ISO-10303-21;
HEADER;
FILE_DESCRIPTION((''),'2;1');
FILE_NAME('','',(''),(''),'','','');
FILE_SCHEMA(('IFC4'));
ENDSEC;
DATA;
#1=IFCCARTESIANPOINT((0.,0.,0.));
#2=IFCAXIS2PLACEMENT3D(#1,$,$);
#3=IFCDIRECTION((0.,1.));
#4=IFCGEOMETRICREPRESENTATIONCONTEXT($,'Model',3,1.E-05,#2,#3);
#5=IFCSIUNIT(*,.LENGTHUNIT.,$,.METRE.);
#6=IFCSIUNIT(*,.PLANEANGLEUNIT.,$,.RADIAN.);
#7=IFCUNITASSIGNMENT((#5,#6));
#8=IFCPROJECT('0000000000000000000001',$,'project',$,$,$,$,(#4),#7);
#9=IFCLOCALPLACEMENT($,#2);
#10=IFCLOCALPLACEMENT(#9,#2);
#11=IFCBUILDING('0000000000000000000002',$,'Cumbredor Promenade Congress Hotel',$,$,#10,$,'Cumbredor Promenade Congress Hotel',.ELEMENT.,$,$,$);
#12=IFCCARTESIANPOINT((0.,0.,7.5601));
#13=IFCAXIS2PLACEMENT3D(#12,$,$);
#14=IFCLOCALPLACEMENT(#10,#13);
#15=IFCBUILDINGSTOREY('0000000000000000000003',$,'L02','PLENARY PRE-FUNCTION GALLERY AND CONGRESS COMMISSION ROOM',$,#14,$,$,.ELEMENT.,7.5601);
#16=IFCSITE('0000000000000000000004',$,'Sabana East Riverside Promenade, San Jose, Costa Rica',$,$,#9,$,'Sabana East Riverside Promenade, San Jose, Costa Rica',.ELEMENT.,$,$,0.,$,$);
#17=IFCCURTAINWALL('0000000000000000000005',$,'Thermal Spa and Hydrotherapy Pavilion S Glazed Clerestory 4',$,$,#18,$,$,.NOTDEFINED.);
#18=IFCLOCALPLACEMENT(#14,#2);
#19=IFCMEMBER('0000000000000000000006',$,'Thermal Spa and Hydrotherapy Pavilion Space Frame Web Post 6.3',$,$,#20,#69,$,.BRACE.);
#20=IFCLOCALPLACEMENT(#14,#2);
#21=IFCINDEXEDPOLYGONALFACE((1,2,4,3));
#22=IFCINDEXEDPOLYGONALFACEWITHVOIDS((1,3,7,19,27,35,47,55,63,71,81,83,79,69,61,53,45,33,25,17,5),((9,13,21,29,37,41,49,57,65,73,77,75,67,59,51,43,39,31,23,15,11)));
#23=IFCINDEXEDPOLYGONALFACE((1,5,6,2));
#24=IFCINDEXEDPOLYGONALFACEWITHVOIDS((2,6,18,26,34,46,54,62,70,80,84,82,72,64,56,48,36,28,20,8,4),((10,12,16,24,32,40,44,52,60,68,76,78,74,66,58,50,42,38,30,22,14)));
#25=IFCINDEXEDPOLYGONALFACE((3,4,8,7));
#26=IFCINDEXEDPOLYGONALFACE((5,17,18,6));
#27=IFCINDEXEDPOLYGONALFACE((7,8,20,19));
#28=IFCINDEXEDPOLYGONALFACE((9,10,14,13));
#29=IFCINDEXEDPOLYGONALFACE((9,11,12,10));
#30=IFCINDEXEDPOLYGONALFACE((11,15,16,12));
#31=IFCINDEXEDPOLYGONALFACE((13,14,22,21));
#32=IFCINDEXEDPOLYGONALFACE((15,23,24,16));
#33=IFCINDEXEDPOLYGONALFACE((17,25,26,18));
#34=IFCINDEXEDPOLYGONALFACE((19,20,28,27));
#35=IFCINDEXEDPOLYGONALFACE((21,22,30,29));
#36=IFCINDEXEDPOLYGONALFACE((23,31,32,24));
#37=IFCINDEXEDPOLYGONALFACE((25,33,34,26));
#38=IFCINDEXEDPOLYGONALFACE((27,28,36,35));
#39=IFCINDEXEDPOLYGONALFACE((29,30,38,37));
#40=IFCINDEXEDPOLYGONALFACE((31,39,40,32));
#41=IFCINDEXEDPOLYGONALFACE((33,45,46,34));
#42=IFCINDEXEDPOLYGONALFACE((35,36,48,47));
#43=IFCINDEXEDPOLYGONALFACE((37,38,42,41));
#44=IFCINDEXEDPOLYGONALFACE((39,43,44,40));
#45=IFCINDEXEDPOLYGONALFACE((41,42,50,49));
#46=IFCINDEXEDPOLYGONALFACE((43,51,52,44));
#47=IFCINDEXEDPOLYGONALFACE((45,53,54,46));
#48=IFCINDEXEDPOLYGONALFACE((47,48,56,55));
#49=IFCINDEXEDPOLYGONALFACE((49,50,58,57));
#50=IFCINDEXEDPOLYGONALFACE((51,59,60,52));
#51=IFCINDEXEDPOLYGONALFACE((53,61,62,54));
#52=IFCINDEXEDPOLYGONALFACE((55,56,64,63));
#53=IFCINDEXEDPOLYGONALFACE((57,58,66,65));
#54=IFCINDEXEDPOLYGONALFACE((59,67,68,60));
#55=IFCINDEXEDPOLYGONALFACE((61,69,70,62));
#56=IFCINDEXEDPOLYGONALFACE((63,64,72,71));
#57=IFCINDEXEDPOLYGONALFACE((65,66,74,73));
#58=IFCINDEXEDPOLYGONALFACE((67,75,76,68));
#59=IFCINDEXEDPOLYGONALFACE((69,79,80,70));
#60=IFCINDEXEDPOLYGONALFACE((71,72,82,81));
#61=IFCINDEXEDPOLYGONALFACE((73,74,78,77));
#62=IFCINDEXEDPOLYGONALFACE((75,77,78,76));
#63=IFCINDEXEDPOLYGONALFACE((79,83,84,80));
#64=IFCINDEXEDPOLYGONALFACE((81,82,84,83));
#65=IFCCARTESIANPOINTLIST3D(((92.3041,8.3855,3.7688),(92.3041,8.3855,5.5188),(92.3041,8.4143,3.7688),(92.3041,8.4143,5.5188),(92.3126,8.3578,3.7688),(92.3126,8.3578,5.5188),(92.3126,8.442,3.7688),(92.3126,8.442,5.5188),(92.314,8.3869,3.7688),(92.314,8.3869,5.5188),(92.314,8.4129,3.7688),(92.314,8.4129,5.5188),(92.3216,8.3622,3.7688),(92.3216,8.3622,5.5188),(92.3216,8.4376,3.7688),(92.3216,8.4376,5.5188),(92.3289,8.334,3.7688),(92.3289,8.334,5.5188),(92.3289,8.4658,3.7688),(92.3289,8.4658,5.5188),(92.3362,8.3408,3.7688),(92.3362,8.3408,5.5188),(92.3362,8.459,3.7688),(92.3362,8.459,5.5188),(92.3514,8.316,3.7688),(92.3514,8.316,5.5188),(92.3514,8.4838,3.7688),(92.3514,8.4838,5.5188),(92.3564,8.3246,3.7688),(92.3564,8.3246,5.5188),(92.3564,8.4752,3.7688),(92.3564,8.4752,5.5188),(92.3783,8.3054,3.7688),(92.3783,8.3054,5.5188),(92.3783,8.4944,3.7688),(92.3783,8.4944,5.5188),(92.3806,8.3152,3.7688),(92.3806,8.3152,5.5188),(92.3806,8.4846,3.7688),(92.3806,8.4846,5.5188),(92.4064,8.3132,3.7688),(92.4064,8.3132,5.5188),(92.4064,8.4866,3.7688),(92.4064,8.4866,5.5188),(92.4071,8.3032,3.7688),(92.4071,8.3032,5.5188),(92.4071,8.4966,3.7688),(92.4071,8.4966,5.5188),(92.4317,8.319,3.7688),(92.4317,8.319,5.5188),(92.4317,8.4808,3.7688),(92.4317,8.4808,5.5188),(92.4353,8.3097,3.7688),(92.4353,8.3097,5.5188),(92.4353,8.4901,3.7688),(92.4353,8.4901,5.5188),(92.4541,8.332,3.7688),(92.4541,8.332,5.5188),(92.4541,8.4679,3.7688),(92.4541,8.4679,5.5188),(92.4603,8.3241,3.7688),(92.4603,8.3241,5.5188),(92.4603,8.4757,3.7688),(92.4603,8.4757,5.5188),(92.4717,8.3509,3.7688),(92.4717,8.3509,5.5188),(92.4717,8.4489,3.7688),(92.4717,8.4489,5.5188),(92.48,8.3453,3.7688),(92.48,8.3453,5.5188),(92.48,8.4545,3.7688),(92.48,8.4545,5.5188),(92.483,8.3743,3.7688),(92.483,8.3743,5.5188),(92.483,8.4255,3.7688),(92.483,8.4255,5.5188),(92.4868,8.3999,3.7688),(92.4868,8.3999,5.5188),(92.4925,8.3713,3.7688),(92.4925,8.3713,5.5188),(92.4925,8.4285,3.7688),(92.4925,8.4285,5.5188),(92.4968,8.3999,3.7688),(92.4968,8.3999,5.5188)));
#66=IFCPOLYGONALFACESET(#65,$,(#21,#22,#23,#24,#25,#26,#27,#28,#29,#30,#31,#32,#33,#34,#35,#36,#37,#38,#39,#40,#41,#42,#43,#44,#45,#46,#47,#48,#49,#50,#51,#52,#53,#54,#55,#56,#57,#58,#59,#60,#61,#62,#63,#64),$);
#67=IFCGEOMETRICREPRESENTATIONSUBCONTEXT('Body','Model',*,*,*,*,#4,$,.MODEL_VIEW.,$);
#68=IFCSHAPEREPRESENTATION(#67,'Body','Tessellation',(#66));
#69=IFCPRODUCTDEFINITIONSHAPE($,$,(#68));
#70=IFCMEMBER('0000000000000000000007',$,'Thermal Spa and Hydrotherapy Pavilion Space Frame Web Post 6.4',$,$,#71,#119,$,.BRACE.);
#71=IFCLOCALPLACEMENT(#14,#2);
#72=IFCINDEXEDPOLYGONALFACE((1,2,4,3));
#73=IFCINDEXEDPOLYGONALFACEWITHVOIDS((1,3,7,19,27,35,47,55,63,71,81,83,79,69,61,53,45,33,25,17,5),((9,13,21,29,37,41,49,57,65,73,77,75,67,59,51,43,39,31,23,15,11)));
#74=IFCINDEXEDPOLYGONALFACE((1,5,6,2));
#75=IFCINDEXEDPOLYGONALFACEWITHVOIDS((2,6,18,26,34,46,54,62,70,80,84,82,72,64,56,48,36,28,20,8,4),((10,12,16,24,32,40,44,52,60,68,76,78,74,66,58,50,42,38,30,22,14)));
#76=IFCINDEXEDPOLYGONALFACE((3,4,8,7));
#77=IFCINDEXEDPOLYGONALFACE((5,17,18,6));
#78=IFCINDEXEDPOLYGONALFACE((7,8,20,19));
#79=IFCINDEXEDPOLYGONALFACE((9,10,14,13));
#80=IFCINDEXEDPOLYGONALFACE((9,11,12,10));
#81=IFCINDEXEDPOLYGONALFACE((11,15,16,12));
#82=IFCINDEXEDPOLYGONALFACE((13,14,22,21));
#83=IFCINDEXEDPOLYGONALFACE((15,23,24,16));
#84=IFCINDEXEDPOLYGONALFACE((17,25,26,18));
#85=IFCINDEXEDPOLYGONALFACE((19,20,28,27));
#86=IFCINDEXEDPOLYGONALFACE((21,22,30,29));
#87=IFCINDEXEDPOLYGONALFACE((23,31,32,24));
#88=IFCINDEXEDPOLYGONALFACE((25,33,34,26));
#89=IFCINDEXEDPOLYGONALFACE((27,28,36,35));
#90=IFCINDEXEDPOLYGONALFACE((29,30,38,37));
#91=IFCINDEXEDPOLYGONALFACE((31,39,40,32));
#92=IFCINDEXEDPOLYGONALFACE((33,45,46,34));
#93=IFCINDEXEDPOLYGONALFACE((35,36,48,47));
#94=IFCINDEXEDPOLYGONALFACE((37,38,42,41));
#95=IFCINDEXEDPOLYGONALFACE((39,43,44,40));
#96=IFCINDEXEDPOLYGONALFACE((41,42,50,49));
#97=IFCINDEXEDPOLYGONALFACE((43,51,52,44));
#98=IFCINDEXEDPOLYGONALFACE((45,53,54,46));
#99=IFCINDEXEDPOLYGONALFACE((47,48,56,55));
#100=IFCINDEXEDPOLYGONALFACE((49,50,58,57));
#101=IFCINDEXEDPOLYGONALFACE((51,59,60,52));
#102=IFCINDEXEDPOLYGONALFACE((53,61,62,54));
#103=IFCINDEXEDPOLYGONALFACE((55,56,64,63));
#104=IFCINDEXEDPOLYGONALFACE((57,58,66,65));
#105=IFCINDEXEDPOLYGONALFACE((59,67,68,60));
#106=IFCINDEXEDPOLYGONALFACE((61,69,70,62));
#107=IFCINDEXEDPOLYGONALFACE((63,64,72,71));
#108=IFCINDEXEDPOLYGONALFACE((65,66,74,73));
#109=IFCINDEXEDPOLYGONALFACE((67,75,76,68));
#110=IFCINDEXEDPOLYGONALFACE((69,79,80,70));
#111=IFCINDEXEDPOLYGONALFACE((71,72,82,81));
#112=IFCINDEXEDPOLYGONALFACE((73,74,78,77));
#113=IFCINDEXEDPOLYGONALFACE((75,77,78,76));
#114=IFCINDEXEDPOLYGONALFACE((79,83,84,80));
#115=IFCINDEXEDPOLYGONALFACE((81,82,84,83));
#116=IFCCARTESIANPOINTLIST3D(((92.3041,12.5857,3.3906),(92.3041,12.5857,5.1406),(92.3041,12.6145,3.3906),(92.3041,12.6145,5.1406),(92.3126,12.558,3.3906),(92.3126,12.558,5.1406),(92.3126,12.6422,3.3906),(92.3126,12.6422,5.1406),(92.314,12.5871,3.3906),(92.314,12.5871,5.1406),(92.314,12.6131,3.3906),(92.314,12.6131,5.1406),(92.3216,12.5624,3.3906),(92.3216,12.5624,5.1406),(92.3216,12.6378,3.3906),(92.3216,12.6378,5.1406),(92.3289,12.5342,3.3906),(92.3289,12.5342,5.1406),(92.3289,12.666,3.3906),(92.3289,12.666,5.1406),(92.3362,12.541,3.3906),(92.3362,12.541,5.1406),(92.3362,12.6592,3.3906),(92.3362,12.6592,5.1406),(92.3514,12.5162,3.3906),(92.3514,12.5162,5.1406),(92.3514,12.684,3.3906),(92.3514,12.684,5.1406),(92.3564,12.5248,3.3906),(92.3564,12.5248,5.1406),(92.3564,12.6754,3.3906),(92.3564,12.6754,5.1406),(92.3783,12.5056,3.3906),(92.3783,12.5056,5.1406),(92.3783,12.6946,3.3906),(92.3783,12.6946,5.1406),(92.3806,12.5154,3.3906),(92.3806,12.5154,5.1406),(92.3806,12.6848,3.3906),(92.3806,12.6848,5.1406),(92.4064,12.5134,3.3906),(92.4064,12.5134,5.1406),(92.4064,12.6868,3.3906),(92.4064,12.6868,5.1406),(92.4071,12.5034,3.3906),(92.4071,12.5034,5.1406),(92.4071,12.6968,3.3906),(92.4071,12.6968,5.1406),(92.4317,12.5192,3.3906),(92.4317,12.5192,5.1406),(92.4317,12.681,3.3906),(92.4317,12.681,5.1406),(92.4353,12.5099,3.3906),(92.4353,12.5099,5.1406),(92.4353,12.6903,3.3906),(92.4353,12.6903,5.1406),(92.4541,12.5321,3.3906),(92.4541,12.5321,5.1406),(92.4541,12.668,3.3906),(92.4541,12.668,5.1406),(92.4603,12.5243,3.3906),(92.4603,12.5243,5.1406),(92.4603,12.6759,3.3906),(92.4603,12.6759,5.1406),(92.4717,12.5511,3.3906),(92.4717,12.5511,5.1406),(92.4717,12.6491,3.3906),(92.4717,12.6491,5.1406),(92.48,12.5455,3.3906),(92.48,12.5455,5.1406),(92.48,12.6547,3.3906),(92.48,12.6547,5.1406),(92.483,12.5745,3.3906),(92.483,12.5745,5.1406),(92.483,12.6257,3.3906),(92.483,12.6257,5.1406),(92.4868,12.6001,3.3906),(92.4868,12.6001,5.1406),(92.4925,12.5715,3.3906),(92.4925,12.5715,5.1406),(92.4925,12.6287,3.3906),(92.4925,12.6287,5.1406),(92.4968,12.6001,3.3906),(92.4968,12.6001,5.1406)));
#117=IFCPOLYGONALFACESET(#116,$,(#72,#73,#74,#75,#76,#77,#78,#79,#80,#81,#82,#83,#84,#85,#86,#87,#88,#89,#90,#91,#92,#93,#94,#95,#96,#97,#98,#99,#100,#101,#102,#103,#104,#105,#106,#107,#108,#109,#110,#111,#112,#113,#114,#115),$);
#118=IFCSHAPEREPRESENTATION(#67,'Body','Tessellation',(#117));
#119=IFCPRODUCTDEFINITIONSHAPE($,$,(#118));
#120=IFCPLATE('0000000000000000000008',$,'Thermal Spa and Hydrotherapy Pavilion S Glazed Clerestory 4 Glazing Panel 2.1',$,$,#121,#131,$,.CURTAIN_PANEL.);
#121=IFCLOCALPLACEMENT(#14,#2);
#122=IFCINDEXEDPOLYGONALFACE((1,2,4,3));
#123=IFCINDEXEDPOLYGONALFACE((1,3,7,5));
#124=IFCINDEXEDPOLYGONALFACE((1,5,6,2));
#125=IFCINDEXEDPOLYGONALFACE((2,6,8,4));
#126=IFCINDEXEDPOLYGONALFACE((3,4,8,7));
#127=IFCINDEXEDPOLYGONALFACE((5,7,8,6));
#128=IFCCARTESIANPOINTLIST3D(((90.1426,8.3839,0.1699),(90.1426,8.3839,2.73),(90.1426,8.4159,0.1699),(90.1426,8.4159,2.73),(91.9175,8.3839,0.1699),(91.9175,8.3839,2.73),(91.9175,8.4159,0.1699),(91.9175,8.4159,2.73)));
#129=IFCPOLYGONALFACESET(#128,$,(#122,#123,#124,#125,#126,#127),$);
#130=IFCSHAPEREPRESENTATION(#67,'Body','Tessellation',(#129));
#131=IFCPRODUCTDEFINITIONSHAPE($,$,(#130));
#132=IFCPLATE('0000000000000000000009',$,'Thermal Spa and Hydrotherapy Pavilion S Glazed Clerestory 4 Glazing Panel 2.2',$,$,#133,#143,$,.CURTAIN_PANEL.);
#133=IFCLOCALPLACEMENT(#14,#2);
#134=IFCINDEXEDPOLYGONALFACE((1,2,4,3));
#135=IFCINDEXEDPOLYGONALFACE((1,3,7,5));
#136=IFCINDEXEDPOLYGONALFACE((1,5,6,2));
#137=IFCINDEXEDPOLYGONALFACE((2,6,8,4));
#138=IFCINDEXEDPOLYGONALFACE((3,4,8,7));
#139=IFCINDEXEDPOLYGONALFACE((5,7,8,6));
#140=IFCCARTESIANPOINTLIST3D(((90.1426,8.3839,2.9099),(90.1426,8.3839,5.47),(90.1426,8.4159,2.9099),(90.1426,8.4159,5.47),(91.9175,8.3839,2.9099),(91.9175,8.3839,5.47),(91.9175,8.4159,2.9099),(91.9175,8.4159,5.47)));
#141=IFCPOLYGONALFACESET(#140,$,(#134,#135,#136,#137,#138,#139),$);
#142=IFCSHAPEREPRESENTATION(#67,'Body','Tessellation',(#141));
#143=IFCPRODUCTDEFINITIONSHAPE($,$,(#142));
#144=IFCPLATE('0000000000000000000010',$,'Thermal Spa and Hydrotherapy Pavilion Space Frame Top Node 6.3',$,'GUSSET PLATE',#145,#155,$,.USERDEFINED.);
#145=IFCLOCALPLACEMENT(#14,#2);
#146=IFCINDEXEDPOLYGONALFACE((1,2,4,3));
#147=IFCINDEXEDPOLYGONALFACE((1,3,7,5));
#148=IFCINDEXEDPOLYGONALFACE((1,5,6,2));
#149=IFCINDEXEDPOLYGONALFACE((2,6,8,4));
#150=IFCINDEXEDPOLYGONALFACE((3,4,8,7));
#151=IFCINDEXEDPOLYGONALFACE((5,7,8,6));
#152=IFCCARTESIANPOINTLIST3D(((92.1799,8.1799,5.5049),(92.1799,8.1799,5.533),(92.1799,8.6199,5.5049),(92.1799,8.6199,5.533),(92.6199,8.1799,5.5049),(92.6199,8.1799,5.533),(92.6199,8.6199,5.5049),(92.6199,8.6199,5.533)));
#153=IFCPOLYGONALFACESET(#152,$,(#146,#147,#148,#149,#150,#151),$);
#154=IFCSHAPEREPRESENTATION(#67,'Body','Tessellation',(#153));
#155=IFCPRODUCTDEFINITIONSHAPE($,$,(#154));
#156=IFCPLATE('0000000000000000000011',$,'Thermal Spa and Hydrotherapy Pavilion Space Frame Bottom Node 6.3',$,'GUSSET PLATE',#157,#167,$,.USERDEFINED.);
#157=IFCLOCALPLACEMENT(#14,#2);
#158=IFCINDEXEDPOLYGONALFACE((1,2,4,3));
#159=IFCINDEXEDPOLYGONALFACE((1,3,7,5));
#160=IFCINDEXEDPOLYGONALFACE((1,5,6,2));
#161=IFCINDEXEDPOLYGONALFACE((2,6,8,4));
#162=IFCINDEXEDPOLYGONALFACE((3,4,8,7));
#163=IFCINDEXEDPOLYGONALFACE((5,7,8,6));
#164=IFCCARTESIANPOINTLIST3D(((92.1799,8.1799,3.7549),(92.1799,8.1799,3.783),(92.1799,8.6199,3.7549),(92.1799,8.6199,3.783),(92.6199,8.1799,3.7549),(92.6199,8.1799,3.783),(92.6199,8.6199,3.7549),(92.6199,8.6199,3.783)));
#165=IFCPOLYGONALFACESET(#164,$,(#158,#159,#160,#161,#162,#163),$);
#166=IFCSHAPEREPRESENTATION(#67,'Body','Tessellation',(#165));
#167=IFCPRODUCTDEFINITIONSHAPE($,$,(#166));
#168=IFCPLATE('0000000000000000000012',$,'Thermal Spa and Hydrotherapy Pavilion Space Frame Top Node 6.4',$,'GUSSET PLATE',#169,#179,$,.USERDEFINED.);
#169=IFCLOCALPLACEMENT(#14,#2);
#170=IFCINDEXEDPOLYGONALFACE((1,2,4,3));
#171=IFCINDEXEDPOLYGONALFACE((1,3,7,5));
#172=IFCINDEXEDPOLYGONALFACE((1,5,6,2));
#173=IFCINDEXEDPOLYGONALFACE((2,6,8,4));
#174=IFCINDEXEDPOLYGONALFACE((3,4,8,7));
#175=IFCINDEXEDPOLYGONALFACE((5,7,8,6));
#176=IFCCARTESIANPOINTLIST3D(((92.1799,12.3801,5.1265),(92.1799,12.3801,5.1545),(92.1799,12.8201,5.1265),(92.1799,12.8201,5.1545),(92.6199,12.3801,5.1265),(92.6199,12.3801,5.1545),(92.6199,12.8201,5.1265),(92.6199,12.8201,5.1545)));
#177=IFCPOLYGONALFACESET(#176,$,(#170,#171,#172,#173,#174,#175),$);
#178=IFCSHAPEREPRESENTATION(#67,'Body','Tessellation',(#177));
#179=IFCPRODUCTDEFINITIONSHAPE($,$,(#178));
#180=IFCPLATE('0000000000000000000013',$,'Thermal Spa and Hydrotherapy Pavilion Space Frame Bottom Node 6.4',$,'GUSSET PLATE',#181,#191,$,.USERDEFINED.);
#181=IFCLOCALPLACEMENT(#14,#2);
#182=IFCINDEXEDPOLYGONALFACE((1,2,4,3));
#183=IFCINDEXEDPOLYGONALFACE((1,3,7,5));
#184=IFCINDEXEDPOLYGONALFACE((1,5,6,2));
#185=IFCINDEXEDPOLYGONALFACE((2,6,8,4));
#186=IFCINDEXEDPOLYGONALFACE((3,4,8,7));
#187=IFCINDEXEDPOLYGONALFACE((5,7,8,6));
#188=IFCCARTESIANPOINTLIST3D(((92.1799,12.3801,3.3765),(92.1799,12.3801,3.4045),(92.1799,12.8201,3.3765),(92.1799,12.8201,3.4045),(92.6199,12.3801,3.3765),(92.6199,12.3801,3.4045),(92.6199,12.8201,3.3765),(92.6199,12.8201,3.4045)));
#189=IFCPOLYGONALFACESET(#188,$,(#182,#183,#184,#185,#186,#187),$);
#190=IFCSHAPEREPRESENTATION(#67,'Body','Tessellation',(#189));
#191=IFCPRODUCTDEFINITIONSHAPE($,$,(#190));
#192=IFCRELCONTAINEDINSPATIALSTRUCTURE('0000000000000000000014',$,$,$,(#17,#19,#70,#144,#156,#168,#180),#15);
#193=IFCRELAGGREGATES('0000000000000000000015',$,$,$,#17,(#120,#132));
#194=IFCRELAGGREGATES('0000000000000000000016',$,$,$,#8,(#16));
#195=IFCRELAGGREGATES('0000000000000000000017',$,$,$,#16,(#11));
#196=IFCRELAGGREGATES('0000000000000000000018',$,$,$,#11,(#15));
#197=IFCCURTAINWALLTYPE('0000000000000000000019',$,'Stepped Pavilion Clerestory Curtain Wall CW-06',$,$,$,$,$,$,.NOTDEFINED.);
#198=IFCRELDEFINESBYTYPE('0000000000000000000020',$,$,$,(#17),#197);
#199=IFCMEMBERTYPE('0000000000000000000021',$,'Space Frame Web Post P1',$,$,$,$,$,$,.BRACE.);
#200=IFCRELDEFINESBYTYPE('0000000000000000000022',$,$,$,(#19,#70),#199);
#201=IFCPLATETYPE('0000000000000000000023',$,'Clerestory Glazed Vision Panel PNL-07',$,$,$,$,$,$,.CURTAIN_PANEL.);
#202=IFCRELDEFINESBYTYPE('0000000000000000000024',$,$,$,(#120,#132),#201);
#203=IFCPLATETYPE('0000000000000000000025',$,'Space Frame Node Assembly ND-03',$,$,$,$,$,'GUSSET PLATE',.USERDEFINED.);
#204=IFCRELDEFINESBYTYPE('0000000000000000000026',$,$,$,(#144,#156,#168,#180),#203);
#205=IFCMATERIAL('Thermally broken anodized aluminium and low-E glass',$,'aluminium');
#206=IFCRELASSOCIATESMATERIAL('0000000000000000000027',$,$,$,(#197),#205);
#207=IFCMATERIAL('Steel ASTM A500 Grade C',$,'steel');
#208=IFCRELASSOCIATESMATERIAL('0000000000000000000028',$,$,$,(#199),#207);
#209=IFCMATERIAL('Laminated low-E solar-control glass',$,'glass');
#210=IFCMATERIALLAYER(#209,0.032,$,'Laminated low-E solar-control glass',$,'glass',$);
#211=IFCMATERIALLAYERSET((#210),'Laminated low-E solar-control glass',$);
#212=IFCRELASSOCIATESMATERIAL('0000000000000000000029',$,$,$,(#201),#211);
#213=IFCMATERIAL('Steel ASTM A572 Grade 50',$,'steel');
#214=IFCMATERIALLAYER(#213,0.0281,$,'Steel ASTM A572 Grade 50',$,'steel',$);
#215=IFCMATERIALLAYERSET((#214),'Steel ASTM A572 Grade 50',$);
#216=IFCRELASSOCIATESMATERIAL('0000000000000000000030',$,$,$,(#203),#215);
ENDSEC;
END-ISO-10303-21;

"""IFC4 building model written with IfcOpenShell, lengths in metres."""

from ifc_helpers import new_model, si_unit, direction, frame, origin, origin_2d, place, context, subcontext, project, spatial, rectangle, hollow_circle, extrude, material, layer, layer_set, material_profile, profile_set, type_object, element, aggregate, save


model = new_model("IFC4")

# Units and contexts
model_context = context("Model", 3, precision=1e-05, world=origin(), true_north=direction((0.0, 1.0)))
body_context = subcontext(model_context, "Body", "Model", "MODEL_VIEW")
ifc_project = project(units=[si_unit("LENGTHUNIT", "METRE"), si_unit("PLANEANGLEUNIT", "RADIAN")], contexts=[model_context])

# Site, building, storey
site_placement = place(None, origin())
site = spatial("IfcSite", under=ifc_project, at=site_placement, Name="Sabana East Riverside Promenade, San Jose, Costa Rica", LongName="Sabana East Riverside Promenade, San Jose, Costa Rica", CompositionType="ELEMENT", RefElevation=0.0)
building_placement = place(site_placement, origin())
building = spatial("IfcBuilding", under=site, at=building_placement, Name="Cumbredor Promenade Congress Hotel", LongName="Cumbredor Promenade Congress Hotel", CompositionType="ELEMENT")
storey_placement = place(building_placement, frame((0.0, 0.0, 7.5601)))
storey = spatial("IfcBuildingStorey", under=building, at=storey_placement, Name="L02", Description="PLENARY PRE-FUNCTION GALLERY AND CONGRESS COMMISSION ROOM", CompositionType="ELEMENT", Elevation=7.5601)

# Curtain wall
ifc_material_1 = material(Name="Thermally broken anodized aluminium and low-E glass", Category="aluminium")
curtain_wall_type = type_object("IfcCurtainWallType", Name="Stepped Pavilion Clerestory Curtain Wall CW-06", PredefinedType="NOTDEFINED", material=ifc_material_1)
curtain_wall_placement = place(storey_placement, origin())
curtain_wall = element("IfcCurtainWall", 1, at=curtain_wall_placement, inside=storey, type_object=curtain_wall_type, Name="Thermal Spa and Hydrotherapy Pavilion S Glazed Clerestory 4", PredefinedType="NOTDEFINED")

# Members
ifc_material_2 = material(Name="Steel ASTM A500 Grade C", Category="steel")
ifc_material_profile_1 = material_profile(ifc_material_2, hollow_circle(Radius=0.0969, WallThickness=0.01, at=origin_2d()), Name="CHS 193.7x10")
ifc_profile_set_1 = profile_set([ifc_material_profile_1], Name="Steel ASTM A500 Grade C")
member_type_1 = type_object("IfcMemberType", Name="Space Frame Web Post P1", PredefinedType="BRACE", material=ifc_profile_set_1)
for number, where, z_axis, x_axis, name in (
    (2, (92.3999, 8.3999, 3.7688), (0.0, 0.0, 1.0), (1.0, 0.0, 0.0), "Thermal Spa and Hydrotherapy Pavilion Space Frame Web Post 6.3"),
    (3, (92.3999, 12.6001, 3.3906), (0.0, 0.0, 1.0), (1.0, 0.0, 0.0), "Thermal Spa and Hydrotherapy Pavilion Space Frame Web Post 6.4"),
):
    element("IfcMember", number, at=place(storey_placement, frame(where, z_axis=z_axis, x_axis=x_axis)), inside=storey, type_object=member_type_1, Name=name, PredefinedType="BRACE", context=body_context, shape_type="SweptSolid", body=[
        extrude(hollow_circle(Radius=0.0969, WallThickness=0.01, at=origin_2d()), origin(), (0.0, 0.0, 1.0), 1.75),
    ])

# Plates
ifc_material_3 = material(Name="Laminated low-E solar-control glass", Category="glass")
ifc_layer_1 = layer(ifc_material_3, 0.032, Name="Laminated low-E solar-control glass", Category="glass")
ifc_layer_set_1 = layer_set([ifc_layer_1], Name="Laminated low-E solar-control glass")
plate_type_1 = type_object("IfcPlateType", Name="Clerestory Glazed Vision Panel PNL-07", PredefinedType="CURTAIN_PANEL", material=ifc_layer_set_1)
plate_1_placement = place(storey_placement, frame((91.03, 8.3999, 0.1699), z_axis=(0.0, 0.0, 1.0), x_axis=(1.0, 0.0, 0.0)))
plate_1 = element("IfcPlate", 4, at=plate_1_placement, type_object=plate_type_1, Name="Thermal Spa and Hydrotherapy Pavilion S Glazed Clerestory 4 Glazing Panel 2.1", PredefinedType="CURTAIN_PANEL", context=body_context, shape_type="SweptSolid", body=[
    extrude(rectangle(XDim=1.7749, YDim=0.032, at=origin_2d()), origin(), (0.0, 0.0, 1.0), 2.5601),
])
plate_2_placement = place(storey_placement, frame((91.03, 8.3999, 2.9099), z_axis=(0.0, 0.0, 1.0), x_axis=(1.0, 0.0, 0.0)))
plate_2 = element("IfcPlate", 5, at=plate_2_placement, type_object=plate_type_1, Name="Thermal Spa and Hydrotherapy Pavilion S Glazed Clerestory 4 Glazing Panel 2.2", PredefinedType="CURTAIN_PANEL", context=body_context, shape_type="SweptSolid", body=[
    extrude(rectangle(XDim=1.7749, YDim=0.032, at=origin_2d()), origin(), (0.0, 0.0, 1.0), 2.5601),
])
aggregate(curtain_wall, [plate_1, plate_2])

# Plates
ifc_material_4 = material(Name="Steel ASTM A572 Grade 50", Category="steel")
ifc_layer_2 = layer(ifc_material_4, 0.0281, Name="Steel ASTM A572 Grade 50", Category="steel")
ifc_layer_set_2 = layer_set([ifc_layer_2], Name="Steel ASTM A572 Grade 50")
plate_type_2 = type_object("IfcPlateType", Name="Space Frame Node Assembly ND-03", ElementType="GUSSET PLATE", PredefinedType="USERDEFINED", material=ifc_layer_set_2)
for number, where, z_axis, x_axis, name in (
    (6, (92.3999, 8.3999, 5.5049), (0.0, 0.0, 1.0), (1.0, 0.0, 0.0), "Thermal Spa and Hydrotherapy Pavilion Space Frame Top Node 6.3"),
    (7, (92.3999, 8.3999, 3.7549), (0.0, 0.0, 1.0), (1.0, 0.0, 0.0), "Thermal Spa and Hydrotherapy Pavilion Space Frame Bottom Node 6.3"),
    (8, (92.3999, 12.6001, 5.1265), (0.0, 0.0, 1.0), (1.0, 0.0, 0.0), "Thermal Spa and Hydrotherapy Pavilion Space Frame Top Node 6.4"),
    (9, (92.3999, 12.6001, 3.3765), (0.0, 0.0, 1.0), (1.0, 0.0, 0.0), "Thermal Spa and Hydrotherapy Pavilion Space Frame Bottom Node 6.4"),
):
    element("IfcPlate", number, at=place(storey_placement, frame(where, z_axis=z_axis, x_axis=x_axis)), inside=storey, type_object=plate_type_2, Name=name, ObjectType="GUSSET PLATE", PredefinedType="USERDEFINED", context=body_context, shape_type="SweptSolid", body=[
        extrude(rectangle(XDim=0.4399, YDim=0.4399, at=origin_2d()), origin(), (0.0, 0.0, 1.0), 0.0281),
    ])

save(model, "model.ifc")
